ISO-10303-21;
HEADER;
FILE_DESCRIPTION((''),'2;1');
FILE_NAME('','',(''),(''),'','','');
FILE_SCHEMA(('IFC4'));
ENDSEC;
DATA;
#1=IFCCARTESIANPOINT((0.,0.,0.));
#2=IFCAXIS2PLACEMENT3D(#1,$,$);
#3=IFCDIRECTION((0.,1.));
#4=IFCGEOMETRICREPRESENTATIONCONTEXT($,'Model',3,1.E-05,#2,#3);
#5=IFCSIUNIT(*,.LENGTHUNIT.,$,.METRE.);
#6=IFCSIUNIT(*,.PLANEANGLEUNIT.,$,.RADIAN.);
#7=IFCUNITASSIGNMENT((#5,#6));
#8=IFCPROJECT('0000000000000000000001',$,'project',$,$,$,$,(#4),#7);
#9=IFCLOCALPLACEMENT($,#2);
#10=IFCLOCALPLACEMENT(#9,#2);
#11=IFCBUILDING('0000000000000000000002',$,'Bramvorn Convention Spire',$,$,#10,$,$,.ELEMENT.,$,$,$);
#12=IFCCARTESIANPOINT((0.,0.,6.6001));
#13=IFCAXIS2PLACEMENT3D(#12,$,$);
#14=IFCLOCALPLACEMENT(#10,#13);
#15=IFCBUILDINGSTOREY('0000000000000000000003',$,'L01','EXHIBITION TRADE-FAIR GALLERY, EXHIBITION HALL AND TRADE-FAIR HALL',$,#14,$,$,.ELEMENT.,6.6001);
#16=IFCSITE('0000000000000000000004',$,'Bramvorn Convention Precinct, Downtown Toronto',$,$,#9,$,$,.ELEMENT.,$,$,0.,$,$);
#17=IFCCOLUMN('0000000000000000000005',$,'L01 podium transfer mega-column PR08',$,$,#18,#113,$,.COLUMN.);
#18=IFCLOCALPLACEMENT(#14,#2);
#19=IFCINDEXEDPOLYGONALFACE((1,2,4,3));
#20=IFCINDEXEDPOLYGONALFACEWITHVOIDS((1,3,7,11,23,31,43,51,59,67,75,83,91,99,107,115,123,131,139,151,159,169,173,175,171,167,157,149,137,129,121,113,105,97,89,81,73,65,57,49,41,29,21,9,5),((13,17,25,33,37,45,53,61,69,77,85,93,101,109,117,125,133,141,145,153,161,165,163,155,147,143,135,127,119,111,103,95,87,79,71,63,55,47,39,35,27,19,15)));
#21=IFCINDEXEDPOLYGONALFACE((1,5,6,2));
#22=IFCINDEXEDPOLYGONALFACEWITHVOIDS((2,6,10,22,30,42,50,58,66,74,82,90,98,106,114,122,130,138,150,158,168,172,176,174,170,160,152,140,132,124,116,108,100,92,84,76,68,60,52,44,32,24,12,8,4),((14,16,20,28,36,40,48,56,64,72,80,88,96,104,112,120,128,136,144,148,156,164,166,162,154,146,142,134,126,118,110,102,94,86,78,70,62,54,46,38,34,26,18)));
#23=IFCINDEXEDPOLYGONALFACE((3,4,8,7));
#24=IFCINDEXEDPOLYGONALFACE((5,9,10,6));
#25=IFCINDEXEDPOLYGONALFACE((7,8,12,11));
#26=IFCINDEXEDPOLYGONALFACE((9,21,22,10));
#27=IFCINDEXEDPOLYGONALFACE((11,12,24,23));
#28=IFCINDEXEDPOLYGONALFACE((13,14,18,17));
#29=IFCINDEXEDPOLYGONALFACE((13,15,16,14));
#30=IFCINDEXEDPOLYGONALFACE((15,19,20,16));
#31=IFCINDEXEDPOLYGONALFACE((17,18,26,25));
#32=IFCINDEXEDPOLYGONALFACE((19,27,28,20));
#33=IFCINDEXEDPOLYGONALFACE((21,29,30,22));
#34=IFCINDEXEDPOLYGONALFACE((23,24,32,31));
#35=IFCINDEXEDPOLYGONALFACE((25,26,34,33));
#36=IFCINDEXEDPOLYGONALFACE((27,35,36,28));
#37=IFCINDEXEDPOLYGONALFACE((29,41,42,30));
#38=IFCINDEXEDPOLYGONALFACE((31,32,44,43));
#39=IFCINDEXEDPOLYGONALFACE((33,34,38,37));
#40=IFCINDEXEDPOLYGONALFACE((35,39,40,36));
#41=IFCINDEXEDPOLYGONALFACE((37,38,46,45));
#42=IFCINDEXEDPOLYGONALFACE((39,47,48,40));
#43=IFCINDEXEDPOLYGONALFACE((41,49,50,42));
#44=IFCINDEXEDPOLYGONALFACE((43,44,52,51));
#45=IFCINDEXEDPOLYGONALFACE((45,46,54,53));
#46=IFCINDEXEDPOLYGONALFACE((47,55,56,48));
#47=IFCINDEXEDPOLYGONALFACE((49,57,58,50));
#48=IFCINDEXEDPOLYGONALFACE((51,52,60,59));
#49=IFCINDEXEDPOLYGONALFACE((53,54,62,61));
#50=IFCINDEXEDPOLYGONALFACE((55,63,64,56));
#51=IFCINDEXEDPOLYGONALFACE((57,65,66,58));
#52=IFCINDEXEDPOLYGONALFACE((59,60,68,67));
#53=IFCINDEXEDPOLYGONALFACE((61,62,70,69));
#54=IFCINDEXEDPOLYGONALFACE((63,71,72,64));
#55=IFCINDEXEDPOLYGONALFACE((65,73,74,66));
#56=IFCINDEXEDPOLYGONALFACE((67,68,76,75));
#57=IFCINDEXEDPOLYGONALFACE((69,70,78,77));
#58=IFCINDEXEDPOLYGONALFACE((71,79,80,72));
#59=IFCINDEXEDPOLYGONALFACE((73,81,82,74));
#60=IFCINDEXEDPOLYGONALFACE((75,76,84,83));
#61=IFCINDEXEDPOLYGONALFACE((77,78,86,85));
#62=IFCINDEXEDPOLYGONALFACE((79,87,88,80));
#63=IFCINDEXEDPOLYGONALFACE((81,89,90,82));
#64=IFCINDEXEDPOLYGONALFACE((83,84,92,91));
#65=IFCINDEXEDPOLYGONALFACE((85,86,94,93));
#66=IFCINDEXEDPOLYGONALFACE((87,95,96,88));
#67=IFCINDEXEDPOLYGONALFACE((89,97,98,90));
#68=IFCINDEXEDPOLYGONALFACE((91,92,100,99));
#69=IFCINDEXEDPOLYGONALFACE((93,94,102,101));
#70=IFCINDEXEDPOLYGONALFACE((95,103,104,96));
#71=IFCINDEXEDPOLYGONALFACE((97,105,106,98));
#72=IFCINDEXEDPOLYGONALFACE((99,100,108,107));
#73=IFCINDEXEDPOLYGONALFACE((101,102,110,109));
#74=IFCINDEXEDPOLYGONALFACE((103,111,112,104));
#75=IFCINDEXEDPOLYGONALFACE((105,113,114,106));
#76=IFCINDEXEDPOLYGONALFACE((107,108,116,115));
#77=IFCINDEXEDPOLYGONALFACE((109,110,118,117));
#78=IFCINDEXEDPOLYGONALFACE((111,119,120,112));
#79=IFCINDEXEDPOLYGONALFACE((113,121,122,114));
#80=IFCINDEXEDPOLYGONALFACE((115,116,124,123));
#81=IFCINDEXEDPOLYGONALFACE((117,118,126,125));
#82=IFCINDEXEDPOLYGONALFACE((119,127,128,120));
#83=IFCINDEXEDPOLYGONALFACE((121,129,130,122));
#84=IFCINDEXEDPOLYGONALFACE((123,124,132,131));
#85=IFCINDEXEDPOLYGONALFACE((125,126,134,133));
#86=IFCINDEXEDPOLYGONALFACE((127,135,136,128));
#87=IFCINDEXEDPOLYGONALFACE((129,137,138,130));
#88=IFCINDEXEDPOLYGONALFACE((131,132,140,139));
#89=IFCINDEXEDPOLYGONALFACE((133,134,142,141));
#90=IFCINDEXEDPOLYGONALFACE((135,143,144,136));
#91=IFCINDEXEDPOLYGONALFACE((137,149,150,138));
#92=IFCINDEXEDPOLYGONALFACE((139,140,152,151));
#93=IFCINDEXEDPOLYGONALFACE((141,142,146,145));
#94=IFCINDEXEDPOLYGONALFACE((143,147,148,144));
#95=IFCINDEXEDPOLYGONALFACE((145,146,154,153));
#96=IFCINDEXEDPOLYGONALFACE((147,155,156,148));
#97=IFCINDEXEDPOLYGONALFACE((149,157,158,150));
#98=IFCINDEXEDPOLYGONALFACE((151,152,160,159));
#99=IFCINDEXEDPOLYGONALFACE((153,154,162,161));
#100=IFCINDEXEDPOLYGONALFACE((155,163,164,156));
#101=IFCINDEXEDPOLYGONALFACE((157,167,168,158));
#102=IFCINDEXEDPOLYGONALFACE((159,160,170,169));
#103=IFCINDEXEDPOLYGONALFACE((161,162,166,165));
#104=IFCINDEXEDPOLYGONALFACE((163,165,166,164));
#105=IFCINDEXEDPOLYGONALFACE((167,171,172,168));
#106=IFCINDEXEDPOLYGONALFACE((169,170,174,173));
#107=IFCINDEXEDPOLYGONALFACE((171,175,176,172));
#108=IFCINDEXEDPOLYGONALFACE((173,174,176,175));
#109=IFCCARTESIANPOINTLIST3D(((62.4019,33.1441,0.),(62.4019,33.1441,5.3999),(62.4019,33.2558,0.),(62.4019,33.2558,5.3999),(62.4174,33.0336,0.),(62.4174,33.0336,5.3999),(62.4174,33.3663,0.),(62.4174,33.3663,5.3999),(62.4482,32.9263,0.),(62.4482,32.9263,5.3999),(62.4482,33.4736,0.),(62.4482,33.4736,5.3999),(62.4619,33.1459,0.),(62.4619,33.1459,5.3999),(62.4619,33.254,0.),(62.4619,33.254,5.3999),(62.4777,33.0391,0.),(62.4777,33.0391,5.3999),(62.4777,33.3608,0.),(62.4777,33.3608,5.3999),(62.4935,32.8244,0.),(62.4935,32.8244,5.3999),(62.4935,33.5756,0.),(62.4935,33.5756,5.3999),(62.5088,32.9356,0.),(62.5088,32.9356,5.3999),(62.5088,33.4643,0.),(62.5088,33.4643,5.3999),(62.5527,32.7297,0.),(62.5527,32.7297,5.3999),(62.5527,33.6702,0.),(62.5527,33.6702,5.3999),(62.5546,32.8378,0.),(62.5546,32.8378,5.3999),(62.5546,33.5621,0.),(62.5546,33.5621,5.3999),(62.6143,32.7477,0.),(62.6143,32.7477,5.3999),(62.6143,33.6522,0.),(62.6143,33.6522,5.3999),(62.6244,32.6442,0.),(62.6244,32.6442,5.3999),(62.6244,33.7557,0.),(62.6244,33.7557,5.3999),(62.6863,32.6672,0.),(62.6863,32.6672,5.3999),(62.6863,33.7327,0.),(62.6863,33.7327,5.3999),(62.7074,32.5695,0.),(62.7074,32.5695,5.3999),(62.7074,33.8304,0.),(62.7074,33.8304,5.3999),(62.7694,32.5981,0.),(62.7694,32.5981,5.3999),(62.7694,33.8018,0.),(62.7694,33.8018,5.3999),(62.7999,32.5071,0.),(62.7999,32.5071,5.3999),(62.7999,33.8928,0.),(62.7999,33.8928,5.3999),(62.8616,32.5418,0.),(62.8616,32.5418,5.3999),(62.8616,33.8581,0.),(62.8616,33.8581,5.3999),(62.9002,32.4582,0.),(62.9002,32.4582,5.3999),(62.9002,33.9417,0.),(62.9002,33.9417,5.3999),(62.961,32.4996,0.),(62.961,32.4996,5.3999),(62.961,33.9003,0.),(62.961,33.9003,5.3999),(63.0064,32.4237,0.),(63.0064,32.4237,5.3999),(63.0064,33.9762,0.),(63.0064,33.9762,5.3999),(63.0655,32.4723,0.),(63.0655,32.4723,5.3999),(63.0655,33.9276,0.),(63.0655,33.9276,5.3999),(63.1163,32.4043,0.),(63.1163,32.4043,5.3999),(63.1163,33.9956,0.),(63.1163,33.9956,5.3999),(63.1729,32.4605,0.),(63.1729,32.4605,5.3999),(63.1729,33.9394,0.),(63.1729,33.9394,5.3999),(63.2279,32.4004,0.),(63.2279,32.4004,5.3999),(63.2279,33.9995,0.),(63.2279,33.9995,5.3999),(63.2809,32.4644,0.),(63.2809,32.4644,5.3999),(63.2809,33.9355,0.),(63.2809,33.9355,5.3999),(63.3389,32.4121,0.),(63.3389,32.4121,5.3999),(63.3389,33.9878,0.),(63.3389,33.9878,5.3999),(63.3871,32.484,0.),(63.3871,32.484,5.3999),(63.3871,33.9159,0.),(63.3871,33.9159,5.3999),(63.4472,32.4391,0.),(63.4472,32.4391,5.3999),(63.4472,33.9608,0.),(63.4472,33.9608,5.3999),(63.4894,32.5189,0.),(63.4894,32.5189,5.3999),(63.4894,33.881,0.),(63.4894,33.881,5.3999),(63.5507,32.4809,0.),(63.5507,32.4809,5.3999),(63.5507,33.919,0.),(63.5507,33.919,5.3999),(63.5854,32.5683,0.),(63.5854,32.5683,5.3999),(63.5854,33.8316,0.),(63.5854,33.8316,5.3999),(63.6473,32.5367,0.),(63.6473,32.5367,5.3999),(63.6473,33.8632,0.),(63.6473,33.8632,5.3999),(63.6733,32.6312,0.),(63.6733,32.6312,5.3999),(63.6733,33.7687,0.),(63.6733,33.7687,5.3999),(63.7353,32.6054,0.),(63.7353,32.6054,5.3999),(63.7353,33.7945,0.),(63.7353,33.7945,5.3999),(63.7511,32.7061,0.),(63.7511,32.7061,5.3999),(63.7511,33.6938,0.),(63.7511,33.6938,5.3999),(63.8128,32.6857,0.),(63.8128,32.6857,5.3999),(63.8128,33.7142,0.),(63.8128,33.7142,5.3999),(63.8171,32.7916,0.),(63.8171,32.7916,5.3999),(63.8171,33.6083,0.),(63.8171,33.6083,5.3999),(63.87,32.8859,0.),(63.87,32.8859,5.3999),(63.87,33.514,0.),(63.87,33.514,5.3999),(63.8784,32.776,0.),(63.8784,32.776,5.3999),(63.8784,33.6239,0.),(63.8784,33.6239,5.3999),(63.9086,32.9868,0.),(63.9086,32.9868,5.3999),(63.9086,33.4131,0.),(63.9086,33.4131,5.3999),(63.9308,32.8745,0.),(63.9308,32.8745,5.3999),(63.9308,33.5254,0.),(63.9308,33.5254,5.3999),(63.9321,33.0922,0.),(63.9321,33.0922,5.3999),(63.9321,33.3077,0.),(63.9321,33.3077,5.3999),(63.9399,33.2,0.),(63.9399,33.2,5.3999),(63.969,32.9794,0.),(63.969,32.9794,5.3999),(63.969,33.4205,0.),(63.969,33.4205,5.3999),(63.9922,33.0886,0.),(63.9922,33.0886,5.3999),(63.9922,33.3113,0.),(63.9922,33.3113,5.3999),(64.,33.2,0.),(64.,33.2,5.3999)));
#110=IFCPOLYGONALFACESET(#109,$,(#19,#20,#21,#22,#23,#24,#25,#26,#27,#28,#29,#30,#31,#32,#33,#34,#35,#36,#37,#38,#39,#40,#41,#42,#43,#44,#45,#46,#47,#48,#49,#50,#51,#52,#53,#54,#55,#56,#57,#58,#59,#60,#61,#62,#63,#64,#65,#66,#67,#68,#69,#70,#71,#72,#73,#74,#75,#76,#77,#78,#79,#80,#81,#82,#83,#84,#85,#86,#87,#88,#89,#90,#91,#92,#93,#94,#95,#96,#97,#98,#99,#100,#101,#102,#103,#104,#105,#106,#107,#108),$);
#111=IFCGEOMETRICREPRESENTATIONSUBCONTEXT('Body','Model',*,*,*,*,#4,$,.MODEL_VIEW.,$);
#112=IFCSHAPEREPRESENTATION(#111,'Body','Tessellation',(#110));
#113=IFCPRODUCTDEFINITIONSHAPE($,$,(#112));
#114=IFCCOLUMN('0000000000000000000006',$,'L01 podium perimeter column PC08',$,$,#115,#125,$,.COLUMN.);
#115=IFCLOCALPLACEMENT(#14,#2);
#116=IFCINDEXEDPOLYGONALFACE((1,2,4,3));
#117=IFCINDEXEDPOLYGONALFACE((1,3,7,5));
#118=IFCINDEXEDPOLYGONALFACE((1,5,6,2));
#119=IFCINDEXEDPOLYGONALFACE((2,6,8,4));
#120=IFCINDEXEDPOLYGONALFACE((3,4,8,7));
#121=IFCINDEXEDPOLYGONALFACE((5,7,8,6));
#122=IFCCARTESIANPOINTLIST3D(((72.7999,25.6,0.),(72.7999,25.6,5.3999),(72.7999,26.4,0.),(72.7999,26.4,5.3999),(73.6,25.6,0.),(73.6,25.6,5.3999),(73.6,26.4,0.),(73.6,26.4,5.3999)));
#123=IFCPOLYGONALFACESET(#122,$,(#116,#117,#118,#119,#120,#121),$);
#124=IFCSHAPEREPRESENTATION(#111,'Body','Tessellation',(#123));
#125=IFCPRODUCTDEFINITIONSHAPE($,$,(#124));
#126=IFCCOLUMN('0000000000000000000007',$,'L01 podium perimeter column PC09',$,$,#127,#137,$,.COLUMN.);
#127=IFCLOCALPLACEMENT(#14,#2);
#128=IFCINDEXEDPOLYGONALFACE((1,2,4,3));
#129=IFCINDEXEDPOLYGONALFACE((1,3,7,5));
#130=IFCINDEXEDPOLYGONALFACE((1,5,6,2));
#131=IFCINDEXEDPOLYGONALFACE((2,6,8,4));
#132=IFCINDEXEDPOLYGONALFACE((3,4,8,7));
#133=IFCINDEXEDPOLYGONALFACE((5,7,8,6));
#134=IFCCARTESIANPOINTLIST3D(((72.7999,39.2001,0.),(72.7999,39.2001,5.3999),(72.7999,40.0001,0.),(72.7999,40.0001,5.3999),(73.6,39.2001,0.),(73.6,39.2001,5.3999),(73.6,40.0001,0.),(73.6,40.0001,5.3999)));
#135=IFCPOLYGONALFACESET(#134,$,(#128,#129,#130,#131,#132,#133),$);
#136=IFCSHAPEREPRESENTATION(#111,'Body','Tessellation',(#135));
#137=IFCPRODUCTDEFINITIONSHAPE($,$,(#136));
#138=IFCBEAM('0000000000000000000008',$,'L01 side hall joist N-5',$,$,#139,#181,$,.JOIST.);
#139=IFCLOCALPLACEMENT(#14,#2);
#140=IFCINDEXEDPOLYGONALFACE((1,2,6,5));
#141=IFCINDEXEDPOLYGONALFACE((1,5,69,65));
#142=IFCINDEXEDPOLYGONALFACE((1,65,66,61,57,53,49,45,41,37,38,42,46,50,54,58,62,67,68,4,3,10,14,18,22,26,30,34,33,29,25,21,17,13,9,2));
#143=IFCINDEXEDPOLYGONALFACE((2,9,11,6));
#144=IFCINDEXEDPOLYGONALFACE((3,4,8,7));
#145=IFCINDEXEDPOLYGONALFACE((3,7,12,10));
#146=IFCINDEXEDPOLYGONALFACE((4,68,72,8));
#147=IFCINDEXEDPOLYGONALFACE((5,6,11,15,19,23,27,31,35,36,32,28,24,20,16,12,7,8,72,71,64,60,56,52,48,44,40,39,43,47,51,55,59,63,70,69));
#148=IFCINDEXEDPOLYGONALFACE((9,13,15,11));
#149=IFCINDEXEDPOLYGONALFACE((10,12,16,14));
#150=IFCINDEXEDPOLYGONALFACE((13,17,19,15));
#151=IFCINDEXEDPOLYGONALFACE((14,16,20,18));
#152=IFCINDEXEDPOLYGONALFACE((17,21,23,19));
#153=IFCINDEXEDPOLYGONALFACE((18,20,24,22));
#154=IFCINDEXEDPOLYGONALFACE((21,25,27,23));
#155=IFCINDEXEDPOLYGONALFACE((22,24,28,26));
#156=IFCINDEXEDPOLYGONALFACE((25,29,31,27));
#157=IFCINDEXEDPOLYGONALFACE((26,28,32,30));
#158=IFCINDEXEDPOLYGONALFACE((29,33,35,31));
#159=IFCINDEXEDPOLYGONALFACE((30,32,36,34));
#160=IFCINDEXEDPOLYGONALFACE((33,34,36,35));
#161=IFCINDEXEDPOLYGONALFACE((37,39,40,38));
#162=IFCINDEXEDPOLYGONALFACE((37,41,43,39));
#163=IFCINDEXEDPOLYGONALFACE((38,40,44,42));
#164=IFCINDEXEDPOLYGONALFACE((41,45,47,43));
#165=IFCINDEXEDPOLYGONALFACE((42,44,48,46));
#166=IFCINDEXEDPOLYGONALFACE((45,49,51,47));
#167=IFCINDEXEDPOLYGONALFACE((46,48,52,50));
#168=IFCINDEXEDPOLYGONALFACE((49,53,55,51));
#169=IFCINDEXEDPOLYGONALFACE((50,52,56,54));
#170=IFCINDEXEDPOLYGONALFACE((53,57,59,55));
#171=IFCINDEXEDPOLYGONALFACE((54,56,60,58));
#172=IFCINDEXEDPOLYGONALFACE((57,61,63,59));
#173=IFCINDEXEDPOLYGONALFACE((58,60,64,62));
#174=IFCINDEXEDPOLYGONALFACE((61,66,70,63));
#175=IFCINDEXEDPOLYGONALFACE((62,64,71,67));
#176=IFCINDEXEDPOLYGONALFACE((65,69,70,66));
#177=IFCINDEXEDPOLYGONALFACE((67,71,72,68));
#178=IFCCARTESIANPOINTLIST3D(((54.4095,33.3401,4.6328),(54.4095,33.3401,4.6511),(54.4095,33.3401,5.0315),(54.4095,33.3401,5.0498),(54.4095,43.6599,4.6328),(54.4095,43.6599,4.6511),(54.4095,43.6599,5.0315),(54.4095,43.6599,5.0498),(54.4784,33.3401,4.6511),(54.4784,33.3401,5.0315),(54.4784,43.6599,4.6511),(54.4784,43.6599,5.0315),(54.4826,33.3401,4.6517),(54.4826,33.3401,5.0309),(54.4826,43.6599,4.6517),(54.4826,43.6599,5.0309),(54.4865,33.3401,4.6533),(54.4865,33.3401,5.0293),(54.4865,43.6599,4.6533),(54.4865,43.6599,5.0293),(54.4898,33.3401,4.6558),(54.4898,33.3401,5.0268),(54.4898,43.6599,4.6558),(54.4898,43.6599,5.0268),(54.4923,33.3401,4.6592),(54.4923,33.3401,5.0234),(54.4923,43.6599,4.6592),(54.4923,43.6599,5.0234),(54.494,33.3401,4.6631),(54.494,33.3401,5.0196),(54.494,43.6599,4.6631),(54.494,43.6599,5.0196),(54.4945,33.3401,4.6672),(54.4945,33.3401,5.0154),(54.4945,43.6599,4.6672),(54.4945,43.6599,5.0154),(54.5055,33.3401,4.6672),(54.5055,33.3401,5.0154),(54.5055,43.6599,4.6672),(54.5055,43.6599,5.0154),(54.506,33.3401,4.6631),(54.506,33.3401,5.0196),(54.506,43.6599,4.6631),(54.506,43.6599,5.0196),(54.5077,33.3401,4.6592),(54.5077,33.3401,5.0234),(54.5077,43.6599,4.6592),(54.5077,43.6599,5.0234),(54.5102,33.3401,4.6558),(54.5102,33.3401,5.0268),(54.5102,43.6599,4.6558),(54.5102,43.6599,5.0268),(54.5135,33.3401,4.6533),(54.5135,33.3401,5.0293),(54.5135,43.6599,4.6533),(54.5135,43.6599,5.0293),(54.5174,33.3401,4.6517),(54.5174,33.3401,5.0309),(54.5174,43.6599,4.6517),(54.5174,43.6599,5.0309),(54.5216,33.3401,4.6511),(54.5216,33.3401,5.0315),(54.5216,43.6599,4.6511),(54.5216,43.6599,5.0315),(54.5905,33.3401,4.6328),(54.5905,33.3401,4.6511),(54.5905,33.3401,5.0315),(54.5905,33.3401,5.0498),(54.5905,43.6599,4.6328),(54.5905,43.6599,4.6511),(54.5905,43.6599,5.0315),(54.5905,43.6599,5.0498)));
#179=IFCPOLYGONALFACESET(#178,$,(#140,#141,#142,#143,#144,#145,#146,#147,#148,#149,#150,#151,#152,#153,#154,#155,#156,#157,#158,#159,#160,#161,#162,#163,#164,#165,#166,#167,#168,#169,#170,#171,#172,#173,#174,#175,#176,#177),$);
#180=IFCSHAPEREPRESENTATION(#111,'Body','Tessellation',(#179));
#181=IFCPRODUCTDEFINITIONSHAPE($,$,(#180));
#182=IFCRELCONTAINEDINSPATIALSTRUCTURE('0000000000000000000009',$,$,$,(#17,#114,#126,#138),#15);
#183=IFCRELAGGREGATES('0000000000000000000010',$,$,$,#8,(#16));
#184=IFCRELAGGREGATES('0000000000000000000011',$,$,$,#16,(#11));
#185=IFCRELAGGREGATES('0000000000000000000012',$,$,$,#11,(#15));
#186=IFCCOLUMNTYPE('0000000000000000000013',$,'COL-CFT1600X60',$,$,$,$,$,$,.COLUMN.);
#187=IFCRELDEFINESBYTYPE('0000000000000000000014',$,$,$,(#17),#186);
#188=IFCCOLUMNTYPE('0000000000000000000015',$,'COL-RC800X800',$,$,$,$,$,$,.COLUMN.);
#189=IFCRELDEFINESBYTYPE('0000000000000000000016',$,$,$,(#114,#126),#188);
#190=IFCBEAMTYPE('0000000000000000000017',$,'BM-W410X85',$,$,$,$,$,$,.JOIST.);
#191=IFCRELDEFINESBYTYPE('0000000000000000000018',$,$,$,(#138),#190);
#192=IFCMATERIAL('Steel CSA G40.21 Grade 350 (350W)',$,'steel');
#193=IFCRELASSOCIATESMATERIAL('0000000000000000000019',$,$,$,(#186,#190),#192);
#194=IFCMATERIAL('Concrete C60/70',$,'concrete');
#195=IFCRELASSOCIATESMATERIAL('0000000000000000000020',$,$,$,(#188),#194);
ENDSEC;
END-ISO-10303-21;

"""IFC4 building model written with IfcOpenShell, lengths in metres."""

from ifc_helpers import new_model, si_unit, direction, frame, origin, origin_2d, place, context, subcontext, project, spatial, rectangle, hollow_circle, i_section, extrude, material, material_profile, profile_set, type_object, element, save


model = new_model("IFC4")

# Units and contexts
model_context = context("Model", 3, precision=1e-05, world=origin(), true_north=direction((0.0, 1.0)))
body_context = subcontext(model_context, "Body", "Model", "MODEL_VIEW")
ifc_project = project(units=[si_unit("LENGTHUNIT", "METRE"), si_unit("PLANEANGLEUNIT", "RADIAN")], contexts=[model_context])

# Site, building, storey
site_placement = place(None, origin())
site = spatial("IfcSite", under=ifc_project, at=site_placement, Name="Bramvorn Convention Precinct, Downtown Toronto", CompositionType="ELEMENT", RefElevation=0.0)
building_placement = place(site_placement, origin())
building = spatial("IfcBuilding", under=site, at=building_placement, Name="Bramvorn Convention Spire", CompositionType="ELEMENT")
storey_placement = place(building_placement, frame((0.0, 0.0, 6.6001)))
storey = spatial("IfcBuildingStorey", under=building, at=storey_placement, Name="L01", Description="EXHIBITION TRADE-FAIR GALLERY, EXHIBITION HALL AND TRADE-FAIR HALL", CompositionType="ELEMENT", Elevation=6.6001)

# Columns
ifc_material_1 = material(Name="Steel CSA G40.21 Grade 350 (350W)", Category="steel")
ifc_material_profile_1 = material_profile(ifc_material_1, hollow_circle(Radius=0.8, WallThickness=0.0601, at=origin_2d()))
ifc_profile_set_1 = profile_set([ifc_material_profile_1], Name="Steel CSA G40.21 Grade 350 (350W) - CFT1600X60")
column_type_1 = type_object("IfcColumnType", Name="COL-CFT1600X60", PredefinedType="COLUMN", material=ifc_profile_set_1)
column_placement = place(storey_placement, frame((63.2, 33.2, 0.0), z_axis=(0.0, 0.0, 1.0), x_axis=(1.0, 0.0, 0.0)))
element("IfcColumn", 1, at=column_placement, inside=storey, type_object=column_type_1, Name="L01 podium transfer mega-column PR08", PredefinedType="COLUMN", context=body_context, shape_type="SweptSolid", body=[
    extrude(hollow_circle(Radius=0.8, WallThickness=0.0601, at=origin_2d()), origin(), (0.0, 0.0, 1.0), 5.3999),
])
ifc_material_2 = material(Name="Concrete C60/70", Category="concrete")
ifc_material_profile_2 = material_profile(ifc_material_2, rectangle(XDim=0.8, YDim=0.8, at=origin_2d()))
ifc_profile_set_2 = profile_set([ifc_material_profile_2], Name="Concrete C60/70 - RC800X800")
column_type_2 = type_object("IfcColumnType", Name="COL-RC800X800", PredefinedType="COLUMN", material=ifc_profile_set_2)
for number, where, z_axis, x_axis, name in (
    (2, (73.2, 26.0, 0.0), (0.0, 0.0, 1.0), (1.0, 0.0, 0.0), "L01 podium perimeter column PC08"),
    (3, (73.2, 39.6001, 0.0), (0.0, 0.0, 1.0), (1.0, 0.0, 0.0), "L01 podium perimeter column PC09"),
):
    element("IfcColumn", number, at=place(storey_placement, frame(where, z_axis=z_axis, x_axis=x_axis)), inside=storey, type_object=column_type_2, Name=name, PredefinedType="COLUMN", context=body_context, shape_type="SweptSolid", body=[
        extrude(rectangle(XDim=0.8, YDim=0.8, at=origin_2d()), origin(), (0.0, 0.0, 1.0), 5.3999),
    ])

# Beam
ifc_material_profile_3 = material_profile(ifc_material_1, i_section(OverallWidth=0.1809, OverallDepth=0.417, WebThickness=0.011, FlangeThickness=0.0183, FilletRadius=0.0161, at=origin_2d()))
ifc_profile_set_3 = profile_set([ifc_material_profile_3], Name="Steel CSA G40.21 Grade 350 (350W) - W410X85")
beam_type_1 = type_object("IfcBeamType", Name="BM-W410X85", PredefinedType="JOIST", material=ifc_profile_set_3)
for number, where, z_axis, x_axis, name in (
    (4, (54.5, 33.3401, 4.8413), (0.0, 1.0, 0.0), (-1.0, 0.0, 0.0), "L01 side hall joist N-5"),
):
    element("IfcBeam", number, at=place(storey_placement, frame(where, z_axis=z_axis, x_axis=x_axis)), inside=storey, type_object=beam_type_1, Name=name, PredefinedType="JOIST", context=body_context, shape_type="SweptSolid", body=[
        extrude(i_section(OverallWidth=0.1809, OverallDepth=0.417, WebThickness=0.011, FlangeThickness=0.0183, FilletRadius=0.0161, at=origin_2d()), origin(), (0.0, 0.0, 1.0), 10.3198),
    ])

save(model, "model.ifc")
